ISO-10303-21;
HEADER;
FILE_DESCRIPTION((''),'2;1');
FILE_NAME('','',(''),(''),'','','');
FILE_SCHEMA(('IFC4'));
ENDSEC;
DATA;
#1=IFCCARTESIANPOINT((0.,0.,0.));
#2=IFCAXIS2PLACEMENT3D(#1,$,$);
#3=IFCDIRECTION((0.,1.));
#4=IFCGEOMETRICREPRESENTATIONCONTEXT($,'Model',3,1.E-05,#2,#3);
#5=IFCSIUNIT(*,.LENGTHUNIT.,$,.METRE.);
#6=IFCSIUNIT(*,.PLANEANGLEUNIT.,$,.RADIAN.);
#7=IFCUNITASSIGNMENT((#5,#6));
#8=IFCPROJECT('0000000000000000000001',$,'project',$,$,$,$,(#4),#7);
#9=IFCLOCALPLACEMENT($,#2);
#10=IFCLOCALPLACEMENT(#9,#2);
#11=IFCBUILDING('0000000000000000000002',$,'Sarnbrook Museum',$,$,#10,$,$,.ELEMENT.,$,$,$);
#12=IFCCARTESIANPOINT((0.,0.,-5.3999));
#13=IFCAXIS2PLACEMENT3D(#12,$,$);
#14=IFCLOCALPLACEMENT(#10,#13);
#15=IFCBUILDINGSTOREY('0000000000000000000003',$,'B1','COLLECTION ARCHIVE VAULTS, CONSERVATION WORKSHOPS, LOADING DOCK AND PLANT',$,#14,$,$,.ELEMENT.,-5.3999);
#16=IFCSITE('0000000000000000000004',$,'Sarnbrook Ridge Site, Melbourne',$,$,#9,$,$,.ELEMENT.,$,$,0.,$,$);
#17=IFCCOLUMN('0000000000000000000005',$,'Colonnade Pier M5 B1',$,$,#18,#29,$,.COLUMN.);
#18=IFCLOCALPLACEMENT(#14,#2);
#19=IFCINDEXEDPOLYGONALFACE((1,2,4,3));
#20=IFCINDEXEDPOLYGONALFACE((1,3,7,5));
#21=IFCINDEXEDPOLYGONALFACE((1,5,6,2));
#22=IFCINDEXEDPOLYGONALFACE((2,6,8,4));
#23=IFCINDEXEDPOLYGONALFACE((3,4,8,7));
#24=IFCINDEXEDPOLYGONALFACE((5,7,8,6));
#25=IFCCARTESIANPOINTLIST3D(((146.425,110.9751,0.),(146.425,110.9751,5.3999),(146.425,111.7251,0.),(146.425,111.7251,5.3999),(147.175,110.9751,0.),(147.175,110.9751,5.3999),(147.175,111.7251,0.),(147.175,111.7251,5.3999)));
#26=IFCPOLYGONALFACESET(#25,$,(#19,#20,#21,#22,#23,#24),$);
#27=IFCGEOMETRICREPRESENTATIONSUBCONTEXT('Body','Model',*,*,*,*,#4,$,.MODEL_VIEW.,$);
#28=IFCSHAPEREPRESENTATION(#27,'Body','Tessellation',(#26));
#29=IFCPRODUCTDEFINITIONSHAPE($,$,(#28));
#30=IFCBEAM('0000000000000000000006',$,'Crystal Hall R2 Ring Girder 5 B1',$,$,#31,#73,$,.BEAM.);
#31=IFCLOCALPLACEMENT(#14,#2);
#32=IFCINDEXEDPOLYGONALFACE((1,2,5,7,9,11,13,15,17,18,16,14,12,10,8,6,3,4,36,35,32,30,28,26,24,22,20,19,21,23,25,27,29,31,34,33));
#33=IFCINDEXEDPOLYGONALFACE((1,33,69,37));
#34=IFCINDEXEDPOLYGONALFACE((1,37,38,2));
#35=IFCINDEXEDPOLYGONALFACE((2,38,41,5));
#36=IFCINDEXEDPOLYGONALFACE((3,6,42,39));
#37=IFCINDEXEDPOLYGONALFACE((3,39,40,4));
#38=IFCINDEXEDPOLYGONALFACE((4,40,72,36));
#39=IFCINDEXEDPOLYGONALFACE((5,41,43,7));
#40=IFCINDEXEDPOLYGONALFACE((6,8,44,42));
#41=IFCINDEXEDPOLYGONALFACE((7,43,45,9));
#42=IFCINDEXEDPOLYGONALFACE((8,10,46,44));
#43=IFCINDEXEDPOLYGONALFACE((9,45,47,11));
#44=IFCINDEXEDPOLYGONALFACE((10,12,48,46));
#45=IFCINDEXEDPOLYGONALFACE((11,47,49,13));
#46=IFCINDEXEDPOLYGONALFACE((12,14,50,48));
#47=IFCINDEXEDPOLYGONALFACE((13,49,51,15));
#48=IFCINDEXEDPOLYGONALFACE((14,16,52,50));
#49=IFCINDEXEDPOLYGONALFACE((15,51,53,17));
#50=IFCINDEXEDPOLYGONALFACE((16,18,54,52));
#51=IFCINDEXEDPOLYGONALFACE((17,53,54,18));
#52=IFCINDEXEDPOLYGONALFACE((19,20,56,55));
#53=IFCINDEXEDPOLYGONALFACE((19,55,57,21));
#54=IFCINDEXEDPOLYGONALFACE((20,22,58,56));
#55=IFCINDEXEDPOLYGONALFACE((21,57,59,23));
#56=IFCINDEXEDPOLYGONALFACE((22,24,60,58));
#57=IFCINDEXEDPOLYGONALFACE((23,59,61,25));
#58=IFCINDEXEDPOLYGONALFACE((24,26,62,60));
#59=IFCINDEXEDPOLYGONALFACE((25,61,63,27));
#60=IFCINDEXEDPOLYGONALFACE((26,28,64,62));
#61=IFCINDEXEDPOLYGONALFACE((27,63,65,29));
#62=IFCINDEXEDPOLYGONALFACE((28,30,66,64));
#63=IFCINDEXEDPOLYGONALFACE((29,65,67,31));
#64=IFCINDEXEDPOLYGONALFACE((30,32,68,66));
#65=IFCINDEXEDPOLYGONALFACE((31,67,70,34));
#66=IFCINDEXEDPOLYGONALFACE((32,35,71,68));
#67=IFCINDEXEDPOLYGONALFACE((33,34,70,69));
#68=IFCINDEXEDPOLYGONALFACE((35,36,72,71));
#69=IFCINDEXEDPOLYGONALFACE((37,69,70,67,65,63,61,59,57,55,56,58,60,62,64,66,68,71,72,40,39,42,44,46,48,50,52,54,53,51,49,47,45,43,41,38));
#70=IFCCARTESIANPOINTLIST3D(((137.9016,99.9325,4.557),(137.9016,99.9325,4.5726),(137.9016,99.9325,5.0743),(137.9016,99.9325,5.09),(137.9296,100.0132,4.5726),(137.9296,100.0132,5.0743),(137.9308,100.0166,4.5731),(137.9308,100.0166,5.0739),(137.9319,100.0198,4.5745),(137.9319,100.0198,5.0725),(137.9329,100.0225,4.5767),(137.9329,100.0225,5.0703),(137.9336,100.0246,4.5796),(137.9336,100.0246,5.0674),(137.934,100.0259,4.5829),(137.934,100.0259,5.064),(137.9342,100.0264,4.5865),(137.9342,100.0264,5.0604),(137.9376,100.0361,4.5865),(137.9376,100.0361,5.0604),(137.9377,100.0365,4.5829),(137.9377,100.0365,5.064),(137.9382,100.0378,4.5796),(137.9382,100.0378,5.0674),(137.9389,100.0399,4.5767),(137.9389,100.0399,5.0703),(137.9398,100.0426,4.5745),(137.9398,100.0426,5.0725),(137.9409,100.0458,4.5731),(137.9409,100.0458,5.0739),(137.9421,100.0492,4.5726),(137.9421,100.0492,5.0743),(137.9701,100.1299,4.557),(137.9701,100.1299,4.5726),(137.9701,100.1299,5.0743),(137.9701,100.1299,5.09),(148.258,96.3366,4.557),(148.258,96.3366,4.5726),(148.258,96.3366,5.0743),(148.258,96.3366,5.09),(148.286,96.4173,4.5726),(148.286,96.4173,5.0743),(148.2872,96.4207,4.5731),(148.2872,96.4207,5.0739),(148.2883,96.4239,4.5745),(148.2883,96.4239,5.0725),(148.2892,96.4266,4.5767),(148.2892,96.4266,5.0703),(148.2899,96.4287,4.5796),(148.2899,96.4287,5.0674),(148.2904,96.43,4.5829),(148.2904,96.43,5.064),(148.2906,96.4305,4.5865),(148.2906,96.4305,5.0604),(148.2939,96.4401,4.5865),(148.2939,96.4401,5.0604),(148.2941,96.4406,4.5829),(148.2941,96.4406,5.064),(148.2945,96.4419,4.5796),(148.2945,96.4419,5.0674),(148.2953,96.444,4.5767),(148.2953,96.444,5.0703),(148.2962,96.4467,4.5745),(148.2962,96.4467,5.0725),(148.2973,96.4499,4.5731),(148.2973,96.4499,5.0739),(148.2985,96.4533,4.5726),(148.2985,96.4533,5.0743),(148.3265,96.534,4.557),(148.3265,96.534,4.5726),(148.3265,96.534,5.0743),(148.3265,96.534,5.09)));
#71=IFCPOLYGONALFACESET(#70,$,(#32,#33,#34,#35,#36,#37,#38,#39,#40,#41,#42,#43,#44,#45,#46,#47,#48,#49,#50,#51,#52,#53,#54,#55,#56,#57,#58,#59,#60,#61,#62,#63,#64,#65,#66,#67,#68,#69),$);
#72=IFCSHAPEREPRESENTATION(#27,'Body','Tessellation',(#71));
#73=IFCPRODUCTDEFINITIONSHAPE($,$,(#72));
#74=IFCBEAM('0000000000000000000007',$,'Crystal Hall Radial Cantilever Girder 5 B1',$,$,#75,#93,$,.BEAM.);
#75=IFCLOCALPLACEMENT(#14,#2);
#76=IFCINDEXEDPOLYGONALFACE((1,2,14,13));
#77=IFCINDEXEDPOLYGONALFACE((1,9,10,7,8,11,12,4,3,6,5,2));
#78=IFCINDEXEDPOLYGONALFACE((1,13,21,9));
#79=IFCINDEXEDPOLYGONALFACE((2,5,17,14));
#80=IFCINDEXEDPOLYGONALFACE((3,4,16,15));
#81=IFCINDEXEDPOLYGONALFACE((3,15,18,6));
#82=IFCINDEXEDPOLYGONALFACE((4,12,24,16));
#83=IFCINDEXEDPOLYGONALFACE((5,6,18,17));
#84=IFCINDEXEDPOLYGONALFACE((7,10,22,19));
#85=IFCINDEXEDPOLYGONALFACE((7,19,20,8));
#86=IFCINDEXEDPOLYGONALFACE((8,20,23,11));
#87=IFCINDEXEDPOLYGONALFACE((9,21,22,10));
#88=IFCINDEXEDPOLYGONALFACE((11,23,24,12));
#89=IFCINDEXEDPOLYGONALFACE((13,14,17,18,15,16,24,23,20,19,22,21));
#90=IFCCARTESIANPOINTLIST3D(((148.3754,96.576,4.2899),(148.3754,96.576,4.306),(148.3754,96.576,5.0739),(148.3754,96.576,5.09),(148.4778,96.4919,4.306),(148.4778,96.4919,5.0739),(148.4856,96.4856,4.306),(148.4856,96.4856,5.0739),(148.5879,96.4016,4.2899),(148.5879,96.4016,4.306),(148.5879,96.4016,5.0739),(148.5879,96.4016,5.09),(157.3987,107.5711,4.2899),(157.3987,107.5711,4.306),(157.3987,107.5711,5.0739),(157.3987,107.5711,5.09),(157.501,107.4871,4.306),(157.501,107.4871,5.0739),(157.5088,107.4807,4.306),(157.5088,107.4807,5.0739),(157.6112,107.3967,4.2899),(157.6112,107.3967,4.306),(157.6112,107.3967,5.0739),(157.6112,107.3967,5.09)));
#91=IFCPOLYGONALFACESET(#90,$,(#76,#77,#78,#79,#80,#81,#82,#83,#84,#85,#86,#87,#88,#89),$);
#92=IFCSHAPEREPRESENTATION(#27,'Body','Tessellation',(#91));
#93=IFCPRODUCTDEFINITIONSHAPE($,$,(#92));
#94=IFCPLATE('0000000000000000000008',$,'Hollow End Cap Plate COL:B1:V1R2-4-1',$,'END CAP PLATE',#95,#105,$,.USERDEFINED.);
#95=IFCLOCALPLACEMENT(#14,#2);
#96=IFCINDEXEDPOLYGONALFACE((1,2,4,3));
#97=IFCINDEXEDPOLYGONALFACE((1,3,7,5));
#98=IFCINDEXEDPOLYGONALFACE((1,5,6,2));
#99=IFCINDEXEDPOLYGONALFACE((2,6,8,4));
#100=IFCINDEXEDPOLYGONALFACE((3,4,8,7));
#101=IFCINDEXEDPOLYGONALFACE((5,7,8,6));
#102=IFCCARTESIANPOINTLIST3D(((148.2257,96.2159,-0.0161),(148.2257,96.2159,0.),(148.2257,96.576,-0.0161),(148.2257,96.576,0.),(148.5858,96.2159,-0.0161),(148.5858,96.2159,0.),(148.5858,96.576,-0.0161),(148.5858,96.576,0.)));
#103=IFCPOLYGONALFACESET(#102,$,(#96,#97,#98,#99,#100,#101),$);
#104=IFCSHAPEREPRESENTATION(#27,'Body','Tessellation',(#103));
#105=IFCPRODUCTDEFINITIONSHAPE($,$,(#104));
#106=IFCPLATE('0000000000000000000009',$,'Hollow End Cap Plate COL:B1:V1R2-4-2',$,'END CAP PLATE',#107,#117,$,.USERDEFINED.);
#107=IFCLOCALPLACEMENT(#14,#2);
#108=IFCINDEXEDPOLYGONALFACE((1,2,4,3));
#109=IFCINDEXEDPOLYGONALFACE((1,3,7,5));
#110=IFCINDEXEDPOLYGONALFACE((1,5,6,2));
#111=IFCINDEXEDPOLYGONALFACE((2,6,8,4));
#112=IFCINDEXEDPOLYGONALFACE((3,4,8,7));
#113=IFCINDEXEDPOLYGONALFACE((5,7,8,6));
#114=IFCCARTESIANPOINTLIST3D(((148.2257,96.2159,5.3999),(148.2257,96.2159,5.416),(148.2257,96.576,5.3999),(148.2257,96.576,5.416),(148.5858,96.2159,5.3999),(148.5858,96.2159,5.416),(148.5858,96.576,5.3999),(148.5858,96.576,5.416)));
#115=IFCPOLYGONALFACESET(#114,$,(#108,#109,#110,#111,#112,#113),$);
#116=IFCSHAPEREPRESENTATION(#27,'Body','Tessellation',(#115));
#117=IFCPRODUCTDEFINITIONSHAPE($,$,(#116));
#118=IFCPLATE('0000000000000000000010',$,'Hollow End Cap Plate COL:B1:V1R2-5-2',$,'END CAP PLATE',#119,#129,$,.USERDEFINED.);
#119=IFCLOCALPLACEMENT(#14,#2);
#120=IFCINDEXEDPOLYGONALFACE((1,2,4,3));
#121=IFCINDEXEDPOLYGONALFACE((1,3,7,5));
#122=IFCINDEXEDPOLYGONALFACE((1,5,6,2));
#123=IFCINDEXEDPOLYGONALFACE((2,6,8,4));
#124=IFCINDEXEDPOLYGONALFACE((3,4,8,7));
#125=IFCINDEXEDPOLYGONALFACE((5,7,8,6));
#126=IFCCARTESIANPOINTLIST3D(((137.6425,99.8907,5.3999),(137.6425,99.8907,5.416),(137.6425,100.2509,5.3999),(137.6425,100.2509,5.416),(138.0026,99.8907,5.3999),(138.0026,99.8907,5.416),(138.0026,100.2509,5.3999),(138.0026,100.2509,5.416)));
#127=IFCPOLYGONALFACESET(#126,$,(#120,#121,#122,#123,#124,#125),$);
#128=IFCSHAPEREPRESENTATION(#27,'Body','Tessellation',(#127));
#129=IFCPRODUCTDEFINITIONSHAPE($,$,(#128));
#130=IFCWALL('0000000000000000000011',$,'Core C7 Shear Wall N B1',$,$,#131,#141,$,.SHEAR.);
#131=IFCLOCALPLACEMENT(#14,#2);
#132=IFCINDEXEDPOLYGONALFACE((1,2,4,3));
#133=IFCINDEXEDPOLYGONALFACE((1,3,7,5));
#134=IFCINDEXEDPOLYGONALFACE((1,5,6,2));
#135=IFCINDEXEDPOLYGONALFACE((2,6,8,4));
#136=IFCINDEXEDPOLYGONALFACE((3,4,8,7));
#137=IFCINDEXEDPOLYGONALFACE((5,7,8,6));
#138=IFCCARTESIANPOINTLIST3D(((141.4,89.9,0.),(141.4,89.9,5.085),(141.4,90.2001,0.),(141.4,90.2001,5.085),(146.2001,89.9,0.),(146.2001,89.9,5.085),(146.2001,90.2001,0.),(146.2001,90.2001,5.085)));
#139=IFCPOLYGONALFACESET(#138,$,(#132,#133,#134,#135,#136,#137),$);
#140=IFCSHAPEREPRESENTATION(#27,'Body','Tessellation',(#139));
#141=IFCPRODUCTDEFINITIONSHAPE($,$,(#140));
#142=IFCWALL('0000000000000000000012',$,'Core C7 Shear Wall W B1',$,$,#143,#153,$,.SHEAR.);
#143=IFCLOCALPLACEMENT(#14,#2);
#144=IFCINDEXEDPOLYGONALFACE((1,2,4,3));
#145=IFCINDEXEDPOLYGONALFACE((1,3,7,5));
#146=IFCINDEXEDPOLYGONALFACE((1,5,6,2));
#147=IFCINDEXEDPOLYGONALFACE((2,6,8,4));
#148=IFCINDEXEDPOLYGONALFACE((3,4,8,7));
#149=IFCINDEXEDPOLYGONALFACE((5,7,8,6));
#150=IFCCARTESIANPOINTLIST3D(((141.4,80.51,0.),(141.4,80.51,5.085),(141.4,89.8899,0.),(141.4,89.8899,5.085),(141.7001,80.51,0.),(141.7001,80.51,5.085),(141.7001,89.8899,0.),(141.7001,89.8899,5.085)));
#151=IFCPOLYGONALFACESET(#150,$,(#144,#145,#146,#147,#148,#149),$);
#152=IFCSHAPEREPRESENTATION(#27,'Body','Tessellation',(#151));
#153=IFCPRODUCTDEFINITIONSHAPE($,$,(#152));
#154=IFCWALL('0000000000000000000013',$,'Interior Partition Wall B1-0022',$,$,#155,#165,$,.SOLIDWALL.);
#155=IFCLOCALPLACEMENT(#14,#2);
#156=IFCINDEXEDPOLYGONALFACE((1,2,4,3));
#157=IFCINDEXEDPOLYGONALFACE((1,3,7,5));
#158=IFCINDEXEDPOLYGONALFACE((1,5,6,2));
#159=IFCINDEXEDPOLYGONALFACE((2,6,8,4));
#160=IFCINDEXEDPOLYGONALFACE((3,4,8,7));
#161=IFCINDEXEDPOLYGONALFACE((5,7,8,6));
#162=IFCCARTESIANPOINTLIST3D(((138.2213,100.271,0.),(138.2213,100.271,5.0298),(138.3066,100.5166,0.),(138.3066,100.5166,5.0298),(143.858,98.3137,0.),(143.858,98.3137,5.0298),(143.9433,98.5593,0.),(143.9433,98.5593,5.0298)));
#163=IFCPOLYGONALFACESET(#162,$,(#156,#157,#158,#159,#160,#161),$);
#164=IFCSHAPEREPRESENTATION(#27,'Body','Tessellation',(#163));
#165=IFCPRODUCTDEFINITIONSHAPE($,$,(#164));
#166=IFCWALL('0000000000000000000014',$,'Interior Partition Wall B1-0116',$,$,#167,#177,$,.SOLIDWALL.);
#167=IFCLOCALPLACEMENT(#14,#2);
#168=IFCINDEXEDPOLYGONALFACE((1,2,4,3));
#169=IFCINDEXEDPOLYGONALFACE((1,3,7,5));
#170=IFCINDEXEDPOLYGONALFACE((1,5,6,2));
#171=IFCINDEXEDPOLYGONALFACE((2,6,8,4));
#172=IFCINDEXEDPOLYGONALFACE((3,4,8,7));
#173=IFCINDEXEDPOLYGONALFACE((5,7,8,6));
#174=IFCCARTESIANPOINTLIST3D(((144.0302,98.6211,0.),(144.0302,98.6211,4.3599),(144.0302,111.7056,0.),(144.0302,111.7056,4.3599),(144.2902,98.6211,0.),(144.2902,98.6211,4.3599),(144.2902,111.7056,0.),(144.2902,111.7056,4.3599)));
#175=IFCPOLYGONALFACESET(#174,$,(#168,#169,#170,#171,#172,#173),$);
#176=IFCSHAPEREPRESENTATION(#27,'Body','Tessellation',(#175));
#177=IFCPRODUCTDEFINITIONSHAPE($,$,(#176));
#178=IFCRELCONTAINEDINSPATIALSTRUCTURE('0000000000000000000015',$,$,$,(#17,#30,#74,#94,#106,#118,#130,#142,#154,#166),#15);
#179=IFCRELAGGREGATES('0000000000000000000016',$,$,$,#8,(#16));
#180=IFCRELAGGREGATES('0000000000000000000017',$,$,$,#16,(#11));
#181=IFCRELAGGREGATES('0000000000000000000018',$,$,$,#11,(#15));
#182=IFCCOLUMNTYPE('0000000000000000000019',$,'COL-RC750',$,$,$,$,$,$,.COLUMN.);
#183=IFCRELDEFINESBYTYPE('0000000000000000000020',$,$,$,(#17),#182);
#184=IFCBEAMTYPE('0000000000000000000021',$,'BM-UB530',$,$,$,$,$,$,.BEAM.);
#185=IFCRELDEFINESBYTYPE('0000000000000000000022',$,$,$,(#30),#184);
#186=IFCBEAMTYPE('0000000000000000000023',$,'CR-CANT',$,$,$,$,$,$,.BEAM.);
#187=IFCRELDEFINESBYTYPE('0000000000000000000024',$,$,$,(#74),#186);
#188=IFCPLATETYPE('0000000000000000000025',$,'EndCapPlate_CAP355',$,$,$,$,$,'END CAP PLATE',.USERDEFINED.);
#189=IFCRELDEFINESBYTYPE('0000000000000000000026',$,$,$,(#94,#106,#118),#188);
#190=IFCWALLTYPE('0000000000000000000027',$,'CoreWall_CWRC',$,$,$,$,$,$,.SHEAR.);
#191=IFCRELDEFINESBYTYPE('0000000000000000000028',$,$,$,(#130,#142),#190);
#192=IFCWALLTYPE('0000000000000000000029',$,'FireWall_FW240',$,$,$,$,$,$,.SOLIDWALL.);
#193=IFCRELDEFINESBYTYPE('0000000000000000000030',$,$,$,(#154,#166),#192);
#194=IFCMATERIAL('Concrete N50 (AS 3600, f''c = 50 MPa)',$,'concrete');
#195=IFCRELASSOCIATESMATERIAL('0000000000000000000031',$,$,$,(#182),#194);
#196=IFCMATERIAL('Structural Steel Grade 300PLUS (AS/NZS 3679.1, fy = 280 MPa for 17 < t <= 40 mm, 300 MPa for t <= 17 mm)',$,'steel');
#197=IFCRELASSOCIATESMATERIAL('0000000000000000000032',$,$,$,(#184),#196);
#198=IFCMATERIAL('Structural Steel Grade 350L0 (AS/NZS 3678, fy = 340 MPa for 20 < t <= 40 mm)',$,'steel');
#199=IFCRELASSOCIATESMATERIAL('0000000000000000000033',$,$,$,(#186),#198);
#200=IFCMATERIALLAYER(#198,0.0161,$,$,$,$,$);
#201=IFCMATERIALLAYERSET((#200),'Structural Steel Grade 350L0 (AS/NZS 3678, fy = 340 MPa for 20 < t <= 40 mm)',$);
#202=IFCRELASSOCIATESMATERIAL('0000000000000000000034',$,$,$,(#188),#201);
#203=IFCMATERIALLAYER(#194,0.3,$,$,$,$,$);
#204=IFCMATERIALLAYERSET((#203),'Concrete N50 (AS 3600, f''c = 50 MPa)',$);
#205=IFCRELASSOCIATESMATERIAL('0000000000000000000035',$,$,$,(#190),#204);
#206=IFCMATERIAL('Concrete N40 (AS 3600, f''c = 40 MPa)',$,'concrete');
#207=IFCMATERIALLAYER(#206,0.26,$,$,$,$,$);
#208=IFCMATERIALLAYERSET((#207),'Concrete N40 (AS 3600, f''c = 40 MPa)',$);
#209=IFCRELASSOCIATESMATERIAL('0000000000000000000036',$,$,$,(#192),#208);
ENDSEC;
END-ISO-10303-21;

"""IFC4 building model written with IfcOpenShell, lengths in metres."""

from ifc_helpers import new_model, si_unit, direction, frame, frame_2d, origin, origin_2d, place, context, subcontext, project, spatial, rectangle, i_section, extrude, material, layer, layer_set, material_profile, profile_set, type_object, element, save


model = new_model("IFC4")

# Units and contexts
model_context = context("Model", 3, precision=1e-05, world=origin(), true_north=direction((0.0, 1.0)))
body_context = subcontext(model_context, "Body", "Model", "MODEL_VIEW")
ifc_project = project(units=[si_unit("LENGTHUNIT", "METRE"), si_unit("PLANEANGLEUNIT", "RADIAN")], contexts=[model_context])

# Site, building, storey
site_placement = place(None, origin())
site = spatial("IfcSite", under=ifc_project, at=site_placement, Name="Sarnbrook Ridge Site, Melbourne", CompositionType="ELEMENT", RefElevation=0.0)
building_placement = place(site_placement, origin())
building = spatial("IfcBuilding", under=site, at=building_placement, Name="Sarnbrook Museum", CompositionType="ELEMENT")
storey_placement = place(building_placement, frame((0.0, 0.0, -5.3999)))
storey = spatial("IfcBuildingStorey", under=building, at=storey_placement, Name="B1", Description="COLLECTION ARCHIVE VAULTS, CONSERVATION WORKSHOPS, LOADING DOCK AND PLANT", CompositionType="ELEMENT", Elevation=-5.3999)

# Shared definitions
ifc_material_1 = material(Name="Concrete N50 (AS 3600, f'c = 50 MPa)", Category="concrete")

# Shared definitions
ifc_material_2 = material(Name="Concrete N40 (AS 3600, f'c = 40 MPa)", Category="concrete")

# Column
ifc_material_profile_1 = material_profile(ifc_material_1, rectangle(XDim=0.75, YDim=0.75, at=origin_2d()), Name="RC 750x750")
ifc_profile_set_1 = profile_set([ifc_material_profile_1], Name="Concrete N50 (AS 3600, f'c = 50 MPa)")
column_type_1 = type_object("IfcColumnType", Name="COL-RC750", PredefinedType="COLUMN", material=ifc_profile_set_1)
column_1_placement = place(storey_placement, frame((146.8, 111.3501, 0.0), z_axis=(0.0, 0.0, 1.0), x_axis=(1.0, 0.0, 0.0)))
element("IfcColumn", 1, at=column_1_placement, inside=storey, type_object=column_type_1, Name="Colonnade Pier M5 B1", PredefinedType="COLUMN", context=body_context, shape_type="SweptSolid", body=[
    extrude(rectangle(XDim=0.75, YDim=0.75, at=origin_2d()), origin(), (0.0, 0.0, 1.0), 5.3999),
])

# Beams
ifc_material_3 = material(Name="Structural Steel Grade 300PLUS (AS/NZS 3679.1, fy = 280 MPa for 17 < t <= 40 mm, 300 MPa for t <= 17 mm)", Category="steel")
ifc_material_profile_2 = material_profile(ifc_material_3, i_section(OverallWidth=0.209, OverallDepth=0.533, WebThickness=0.0103, FlangeThickness=0.0156, FilletRadius=0.0139, at=origin_2d()), Name="530UB92.4")
ifc_profile_set_2 = profile_set([ifc_material_profile_2], Name="Structural Steel Grade 300PLUS (AS/NZS 3679.1, fy = 280 MPa for 17 < t <= 40 mm, 300 MPa for t <= 17 mm)")
beam_type_1 = type_object("IfcBeamType", Name="BM-UB530", PredefinedType="BEAM", material=ifc_profile_set_2)
beam_1_placement = place(storey_placement, frame((148.2922, 96.4353, 4.8235), z_axis=(-0.944675, 0.328008, 0.0), x_axis=(-0.328008, -0.944675, 0.0)))
element("IfcBeam", 2, at=beam_1_placement, inside=storey, type_object=beam_type_1, Name="Crystal Hall R2 Ring Girder 5 B1", PredefinedType="BEAM", context=body_context, shape_type="SweptSolid", body=[
    extrude(i_section(OverallWidth=0.209, OverallDepth=0.533, WebThickness=0.0103, FlangeThickness=0.0156, FilletRadius=0.0139, at=origin_2d()), origin(), (0.0, 0.0, 1.0), 10.9629),
])
ifc_material_4 = material(Name="Structural Steel Grade 350L0 (AS/NZS 3678, fy = 340 MPa for 20 < t <= 40 mm)", Category="steel")
ifc_material_profile_3 = material_profile(ifc_material_4, i_section(OverallWidth=0.2749, OverallDepth=0.8, WebThickness=0.01, FlangeThickness=0.0161, at=origin_2d()), Name="800WB146")
ifc_profile_set_3 = profile_set([ifc_material_profile_3], Name="Structural Steel Grade 350L0 (AS/NZS 3678, fy = 340 MPa for 20 < t <= 40 mm)")
beam_type_2 = type_object("IfcBeamType", Name="CR-CANT", PredefinedType="BEAM", material=ifc_profile_set_3)
beam_2_placement = place(storey_placement, frame((148.4817, 96.4888, 4.6899), z_axis=(0.634382, 0.77302, 0.0), x_axis=(-0.77302, 0.634382, 0.0)))
element("IfcBeam", 3, at=beam_2_placement, inside=storey, type_object=beam_type_2, Name="Crystal Hall Radial Cantilever Girder 5 B1", PredefinedType="BEAM", context=body_context, shape_type="SweptSolid", body=[
    extrude(i_section(OverallWidth=0.2749, OverallDepth=0.8, WebThickness=0.01, FlangeThickness=0.0161, at=origin_2d()), origin(), (0.0, 0.0, 1.0), 14.2236),
])

# Plates
ifc_layer_1 = layer(ifc_material_4, 0.0161)
ifc_layer_set_1 = layer_set([ifc_layer_1], Name="Structural Steel Grade 350L0 (AS/NZS 3678, fy = 340 MPa for 20 < t <= 40 mm)")
plate_type = type_object("IfcPlateType", Name="EndCapPlate_CAP355", ElementType="END CAP PLATE", PredefinedType="USERDEFINED", material=ifc_layer_set_1)
for number, where, z_axis, x_axis, name in (
    (4, (148.4058, 96.396, -0.0161), (0.0, 0.0, 1.0), (1.0, 0.0, 0.0), "Hollow End Cap Plate COL:B1:V1R2-4-1"),
    (5, (148.4058, 96.396, 5.3999), (0.0, 0.0, 1.0), (1.0, 0.0, 0.0), "Hollow End Cap Plate COL:B1:V1R2-4-2"),
    (6, (137.8225, 100.0708, 5.3999), (0.0, 0.0, 1.0), (1.0, 0.0, 0.0), "Hollow End Cap Plate COL:B1:V1R2-5-2"),
):
    element("IfcPlate", number, at=place(storey_placement, frame(where, z_axis=z_axis, x_axis=x_axis)), inside=storey, type_object=plate_type, Name=name, ObjectType="END CAP PLATE", PredefinedType="USERDEFINED", context=body_context, shape_type="SweptSolid", body=[
        extrude(rectangle(XDim=0.3601, YDim=0.3601, at=origin_2d()), origin(), (0.0, 0.0, 1.0), 0.0161),
    ])

# Walls
ifc_layer_2 = layer(ifc_material_1, 0.3)
ifc_layer_set_2 = layer_set([ifc_layer_2], Name="Concrete N50 (AS 3600, f'c = 50 MPa)")
wall_type_1 = type_object("IfcWallType", Name="CoreWall_CWRC", PredefinedType="SHEAR", material=ifc_layer_set_2)
wall_1_placement = place(storey_placement, frame((146.2, 90.05, 0.0), z_axis=(0.0, 0.0, 1.0), x_axis=(-1.0, 0.0, 0.0)))
element("IfcWall", 7, at=wall_1_placement, inside=storey, type_object=wall_type_1, Name="Core C7 Shear Wall N B1", PredefinedType="SHEAR", context=body_context, shape_type="SweptSolid", body=[
    extrude(rectangle(XDim=4.8, YDim=0.3, at=frame_2d((2.3999, 0.0))), origin(), (0.0, 0.0, 1.0), 5.085),
])
wall_2_placement = place(storey_placement, frame((141.55, 89.8899, 0.0), z_axis=(0.0, 0.0, 1.0), x_axis=(0.0, -1.0, 0.0)))
element("IfcWall", 8, at=wall_2_placement, inside=storey, type_object=wall_type_1, Name="Core C7 Shear Wall W B1", PredefinedType="SHEAR", context=body_context, shape_type="SweptSolid", body=[
    extrude(rectangle(XDim=9.3799, YDim=0.3, at=frame_2d((4.6899, 0.0))), origin(), (0.0, 0.0, 1.0), 5.085),
])
ifc_layer_3 = layer(ifc_material_2, 0.26)
ifc_layer_set_3 = layer_set([ifc_layer_3], Name="Concrete N40 (AS 3600, f'c = 40 MPa)")
wall_type_2 = type_object("IfcWallType", Name="FireWall_FW240", PredefinedType="SOLIDWALL", material=ifc_layer_set_3)
wall_3_placement = place(storey_placement, frame((143.9006, 98.4365, 0.0), z_axis=(0.0, 0.0, 1.0), x_axis=(-0.944669, 0.328024, 0.0)))
element("IfcWall", 9, at=wall_3_placement, inside=storey, type_object=wall_type_2, Name="Interior Partition Wall B1-0022", PredefinedType="SOLIDWALL", context=body_context, shape_type="SweptSolid", body=[
    extrude(rectangle(XDim=5.9668, YDim=0.26, at=frame_2d((2.9834, 0.0))), origin(), (0.0, 0.0, 1.0), 5.0298),
])

# Wall
wall_4_placement = place(storey_placement, frame((144.1602, 111.7056, 0.0), z_axis=(0.0, 0.0, 1.0), x_axis=(0.0, -1.0, 0.0)))
element("IfcWall", 10, at=wall_4_placement, inside=storey, type_object=wall_type_2, Name="Interior Partition Wall B1-0116", PredefinedType="SOLIDWALL", context=body_context, shape_type="SweptSolid", body=[
    extrude(rectangle(XDim=13.0845, YDim=0.26, at=frame_2d((6.5422, 0.0))), origin(), (0.0, 0.0, 1.0), 4.3599),
])

save(model, "model.ifc")
